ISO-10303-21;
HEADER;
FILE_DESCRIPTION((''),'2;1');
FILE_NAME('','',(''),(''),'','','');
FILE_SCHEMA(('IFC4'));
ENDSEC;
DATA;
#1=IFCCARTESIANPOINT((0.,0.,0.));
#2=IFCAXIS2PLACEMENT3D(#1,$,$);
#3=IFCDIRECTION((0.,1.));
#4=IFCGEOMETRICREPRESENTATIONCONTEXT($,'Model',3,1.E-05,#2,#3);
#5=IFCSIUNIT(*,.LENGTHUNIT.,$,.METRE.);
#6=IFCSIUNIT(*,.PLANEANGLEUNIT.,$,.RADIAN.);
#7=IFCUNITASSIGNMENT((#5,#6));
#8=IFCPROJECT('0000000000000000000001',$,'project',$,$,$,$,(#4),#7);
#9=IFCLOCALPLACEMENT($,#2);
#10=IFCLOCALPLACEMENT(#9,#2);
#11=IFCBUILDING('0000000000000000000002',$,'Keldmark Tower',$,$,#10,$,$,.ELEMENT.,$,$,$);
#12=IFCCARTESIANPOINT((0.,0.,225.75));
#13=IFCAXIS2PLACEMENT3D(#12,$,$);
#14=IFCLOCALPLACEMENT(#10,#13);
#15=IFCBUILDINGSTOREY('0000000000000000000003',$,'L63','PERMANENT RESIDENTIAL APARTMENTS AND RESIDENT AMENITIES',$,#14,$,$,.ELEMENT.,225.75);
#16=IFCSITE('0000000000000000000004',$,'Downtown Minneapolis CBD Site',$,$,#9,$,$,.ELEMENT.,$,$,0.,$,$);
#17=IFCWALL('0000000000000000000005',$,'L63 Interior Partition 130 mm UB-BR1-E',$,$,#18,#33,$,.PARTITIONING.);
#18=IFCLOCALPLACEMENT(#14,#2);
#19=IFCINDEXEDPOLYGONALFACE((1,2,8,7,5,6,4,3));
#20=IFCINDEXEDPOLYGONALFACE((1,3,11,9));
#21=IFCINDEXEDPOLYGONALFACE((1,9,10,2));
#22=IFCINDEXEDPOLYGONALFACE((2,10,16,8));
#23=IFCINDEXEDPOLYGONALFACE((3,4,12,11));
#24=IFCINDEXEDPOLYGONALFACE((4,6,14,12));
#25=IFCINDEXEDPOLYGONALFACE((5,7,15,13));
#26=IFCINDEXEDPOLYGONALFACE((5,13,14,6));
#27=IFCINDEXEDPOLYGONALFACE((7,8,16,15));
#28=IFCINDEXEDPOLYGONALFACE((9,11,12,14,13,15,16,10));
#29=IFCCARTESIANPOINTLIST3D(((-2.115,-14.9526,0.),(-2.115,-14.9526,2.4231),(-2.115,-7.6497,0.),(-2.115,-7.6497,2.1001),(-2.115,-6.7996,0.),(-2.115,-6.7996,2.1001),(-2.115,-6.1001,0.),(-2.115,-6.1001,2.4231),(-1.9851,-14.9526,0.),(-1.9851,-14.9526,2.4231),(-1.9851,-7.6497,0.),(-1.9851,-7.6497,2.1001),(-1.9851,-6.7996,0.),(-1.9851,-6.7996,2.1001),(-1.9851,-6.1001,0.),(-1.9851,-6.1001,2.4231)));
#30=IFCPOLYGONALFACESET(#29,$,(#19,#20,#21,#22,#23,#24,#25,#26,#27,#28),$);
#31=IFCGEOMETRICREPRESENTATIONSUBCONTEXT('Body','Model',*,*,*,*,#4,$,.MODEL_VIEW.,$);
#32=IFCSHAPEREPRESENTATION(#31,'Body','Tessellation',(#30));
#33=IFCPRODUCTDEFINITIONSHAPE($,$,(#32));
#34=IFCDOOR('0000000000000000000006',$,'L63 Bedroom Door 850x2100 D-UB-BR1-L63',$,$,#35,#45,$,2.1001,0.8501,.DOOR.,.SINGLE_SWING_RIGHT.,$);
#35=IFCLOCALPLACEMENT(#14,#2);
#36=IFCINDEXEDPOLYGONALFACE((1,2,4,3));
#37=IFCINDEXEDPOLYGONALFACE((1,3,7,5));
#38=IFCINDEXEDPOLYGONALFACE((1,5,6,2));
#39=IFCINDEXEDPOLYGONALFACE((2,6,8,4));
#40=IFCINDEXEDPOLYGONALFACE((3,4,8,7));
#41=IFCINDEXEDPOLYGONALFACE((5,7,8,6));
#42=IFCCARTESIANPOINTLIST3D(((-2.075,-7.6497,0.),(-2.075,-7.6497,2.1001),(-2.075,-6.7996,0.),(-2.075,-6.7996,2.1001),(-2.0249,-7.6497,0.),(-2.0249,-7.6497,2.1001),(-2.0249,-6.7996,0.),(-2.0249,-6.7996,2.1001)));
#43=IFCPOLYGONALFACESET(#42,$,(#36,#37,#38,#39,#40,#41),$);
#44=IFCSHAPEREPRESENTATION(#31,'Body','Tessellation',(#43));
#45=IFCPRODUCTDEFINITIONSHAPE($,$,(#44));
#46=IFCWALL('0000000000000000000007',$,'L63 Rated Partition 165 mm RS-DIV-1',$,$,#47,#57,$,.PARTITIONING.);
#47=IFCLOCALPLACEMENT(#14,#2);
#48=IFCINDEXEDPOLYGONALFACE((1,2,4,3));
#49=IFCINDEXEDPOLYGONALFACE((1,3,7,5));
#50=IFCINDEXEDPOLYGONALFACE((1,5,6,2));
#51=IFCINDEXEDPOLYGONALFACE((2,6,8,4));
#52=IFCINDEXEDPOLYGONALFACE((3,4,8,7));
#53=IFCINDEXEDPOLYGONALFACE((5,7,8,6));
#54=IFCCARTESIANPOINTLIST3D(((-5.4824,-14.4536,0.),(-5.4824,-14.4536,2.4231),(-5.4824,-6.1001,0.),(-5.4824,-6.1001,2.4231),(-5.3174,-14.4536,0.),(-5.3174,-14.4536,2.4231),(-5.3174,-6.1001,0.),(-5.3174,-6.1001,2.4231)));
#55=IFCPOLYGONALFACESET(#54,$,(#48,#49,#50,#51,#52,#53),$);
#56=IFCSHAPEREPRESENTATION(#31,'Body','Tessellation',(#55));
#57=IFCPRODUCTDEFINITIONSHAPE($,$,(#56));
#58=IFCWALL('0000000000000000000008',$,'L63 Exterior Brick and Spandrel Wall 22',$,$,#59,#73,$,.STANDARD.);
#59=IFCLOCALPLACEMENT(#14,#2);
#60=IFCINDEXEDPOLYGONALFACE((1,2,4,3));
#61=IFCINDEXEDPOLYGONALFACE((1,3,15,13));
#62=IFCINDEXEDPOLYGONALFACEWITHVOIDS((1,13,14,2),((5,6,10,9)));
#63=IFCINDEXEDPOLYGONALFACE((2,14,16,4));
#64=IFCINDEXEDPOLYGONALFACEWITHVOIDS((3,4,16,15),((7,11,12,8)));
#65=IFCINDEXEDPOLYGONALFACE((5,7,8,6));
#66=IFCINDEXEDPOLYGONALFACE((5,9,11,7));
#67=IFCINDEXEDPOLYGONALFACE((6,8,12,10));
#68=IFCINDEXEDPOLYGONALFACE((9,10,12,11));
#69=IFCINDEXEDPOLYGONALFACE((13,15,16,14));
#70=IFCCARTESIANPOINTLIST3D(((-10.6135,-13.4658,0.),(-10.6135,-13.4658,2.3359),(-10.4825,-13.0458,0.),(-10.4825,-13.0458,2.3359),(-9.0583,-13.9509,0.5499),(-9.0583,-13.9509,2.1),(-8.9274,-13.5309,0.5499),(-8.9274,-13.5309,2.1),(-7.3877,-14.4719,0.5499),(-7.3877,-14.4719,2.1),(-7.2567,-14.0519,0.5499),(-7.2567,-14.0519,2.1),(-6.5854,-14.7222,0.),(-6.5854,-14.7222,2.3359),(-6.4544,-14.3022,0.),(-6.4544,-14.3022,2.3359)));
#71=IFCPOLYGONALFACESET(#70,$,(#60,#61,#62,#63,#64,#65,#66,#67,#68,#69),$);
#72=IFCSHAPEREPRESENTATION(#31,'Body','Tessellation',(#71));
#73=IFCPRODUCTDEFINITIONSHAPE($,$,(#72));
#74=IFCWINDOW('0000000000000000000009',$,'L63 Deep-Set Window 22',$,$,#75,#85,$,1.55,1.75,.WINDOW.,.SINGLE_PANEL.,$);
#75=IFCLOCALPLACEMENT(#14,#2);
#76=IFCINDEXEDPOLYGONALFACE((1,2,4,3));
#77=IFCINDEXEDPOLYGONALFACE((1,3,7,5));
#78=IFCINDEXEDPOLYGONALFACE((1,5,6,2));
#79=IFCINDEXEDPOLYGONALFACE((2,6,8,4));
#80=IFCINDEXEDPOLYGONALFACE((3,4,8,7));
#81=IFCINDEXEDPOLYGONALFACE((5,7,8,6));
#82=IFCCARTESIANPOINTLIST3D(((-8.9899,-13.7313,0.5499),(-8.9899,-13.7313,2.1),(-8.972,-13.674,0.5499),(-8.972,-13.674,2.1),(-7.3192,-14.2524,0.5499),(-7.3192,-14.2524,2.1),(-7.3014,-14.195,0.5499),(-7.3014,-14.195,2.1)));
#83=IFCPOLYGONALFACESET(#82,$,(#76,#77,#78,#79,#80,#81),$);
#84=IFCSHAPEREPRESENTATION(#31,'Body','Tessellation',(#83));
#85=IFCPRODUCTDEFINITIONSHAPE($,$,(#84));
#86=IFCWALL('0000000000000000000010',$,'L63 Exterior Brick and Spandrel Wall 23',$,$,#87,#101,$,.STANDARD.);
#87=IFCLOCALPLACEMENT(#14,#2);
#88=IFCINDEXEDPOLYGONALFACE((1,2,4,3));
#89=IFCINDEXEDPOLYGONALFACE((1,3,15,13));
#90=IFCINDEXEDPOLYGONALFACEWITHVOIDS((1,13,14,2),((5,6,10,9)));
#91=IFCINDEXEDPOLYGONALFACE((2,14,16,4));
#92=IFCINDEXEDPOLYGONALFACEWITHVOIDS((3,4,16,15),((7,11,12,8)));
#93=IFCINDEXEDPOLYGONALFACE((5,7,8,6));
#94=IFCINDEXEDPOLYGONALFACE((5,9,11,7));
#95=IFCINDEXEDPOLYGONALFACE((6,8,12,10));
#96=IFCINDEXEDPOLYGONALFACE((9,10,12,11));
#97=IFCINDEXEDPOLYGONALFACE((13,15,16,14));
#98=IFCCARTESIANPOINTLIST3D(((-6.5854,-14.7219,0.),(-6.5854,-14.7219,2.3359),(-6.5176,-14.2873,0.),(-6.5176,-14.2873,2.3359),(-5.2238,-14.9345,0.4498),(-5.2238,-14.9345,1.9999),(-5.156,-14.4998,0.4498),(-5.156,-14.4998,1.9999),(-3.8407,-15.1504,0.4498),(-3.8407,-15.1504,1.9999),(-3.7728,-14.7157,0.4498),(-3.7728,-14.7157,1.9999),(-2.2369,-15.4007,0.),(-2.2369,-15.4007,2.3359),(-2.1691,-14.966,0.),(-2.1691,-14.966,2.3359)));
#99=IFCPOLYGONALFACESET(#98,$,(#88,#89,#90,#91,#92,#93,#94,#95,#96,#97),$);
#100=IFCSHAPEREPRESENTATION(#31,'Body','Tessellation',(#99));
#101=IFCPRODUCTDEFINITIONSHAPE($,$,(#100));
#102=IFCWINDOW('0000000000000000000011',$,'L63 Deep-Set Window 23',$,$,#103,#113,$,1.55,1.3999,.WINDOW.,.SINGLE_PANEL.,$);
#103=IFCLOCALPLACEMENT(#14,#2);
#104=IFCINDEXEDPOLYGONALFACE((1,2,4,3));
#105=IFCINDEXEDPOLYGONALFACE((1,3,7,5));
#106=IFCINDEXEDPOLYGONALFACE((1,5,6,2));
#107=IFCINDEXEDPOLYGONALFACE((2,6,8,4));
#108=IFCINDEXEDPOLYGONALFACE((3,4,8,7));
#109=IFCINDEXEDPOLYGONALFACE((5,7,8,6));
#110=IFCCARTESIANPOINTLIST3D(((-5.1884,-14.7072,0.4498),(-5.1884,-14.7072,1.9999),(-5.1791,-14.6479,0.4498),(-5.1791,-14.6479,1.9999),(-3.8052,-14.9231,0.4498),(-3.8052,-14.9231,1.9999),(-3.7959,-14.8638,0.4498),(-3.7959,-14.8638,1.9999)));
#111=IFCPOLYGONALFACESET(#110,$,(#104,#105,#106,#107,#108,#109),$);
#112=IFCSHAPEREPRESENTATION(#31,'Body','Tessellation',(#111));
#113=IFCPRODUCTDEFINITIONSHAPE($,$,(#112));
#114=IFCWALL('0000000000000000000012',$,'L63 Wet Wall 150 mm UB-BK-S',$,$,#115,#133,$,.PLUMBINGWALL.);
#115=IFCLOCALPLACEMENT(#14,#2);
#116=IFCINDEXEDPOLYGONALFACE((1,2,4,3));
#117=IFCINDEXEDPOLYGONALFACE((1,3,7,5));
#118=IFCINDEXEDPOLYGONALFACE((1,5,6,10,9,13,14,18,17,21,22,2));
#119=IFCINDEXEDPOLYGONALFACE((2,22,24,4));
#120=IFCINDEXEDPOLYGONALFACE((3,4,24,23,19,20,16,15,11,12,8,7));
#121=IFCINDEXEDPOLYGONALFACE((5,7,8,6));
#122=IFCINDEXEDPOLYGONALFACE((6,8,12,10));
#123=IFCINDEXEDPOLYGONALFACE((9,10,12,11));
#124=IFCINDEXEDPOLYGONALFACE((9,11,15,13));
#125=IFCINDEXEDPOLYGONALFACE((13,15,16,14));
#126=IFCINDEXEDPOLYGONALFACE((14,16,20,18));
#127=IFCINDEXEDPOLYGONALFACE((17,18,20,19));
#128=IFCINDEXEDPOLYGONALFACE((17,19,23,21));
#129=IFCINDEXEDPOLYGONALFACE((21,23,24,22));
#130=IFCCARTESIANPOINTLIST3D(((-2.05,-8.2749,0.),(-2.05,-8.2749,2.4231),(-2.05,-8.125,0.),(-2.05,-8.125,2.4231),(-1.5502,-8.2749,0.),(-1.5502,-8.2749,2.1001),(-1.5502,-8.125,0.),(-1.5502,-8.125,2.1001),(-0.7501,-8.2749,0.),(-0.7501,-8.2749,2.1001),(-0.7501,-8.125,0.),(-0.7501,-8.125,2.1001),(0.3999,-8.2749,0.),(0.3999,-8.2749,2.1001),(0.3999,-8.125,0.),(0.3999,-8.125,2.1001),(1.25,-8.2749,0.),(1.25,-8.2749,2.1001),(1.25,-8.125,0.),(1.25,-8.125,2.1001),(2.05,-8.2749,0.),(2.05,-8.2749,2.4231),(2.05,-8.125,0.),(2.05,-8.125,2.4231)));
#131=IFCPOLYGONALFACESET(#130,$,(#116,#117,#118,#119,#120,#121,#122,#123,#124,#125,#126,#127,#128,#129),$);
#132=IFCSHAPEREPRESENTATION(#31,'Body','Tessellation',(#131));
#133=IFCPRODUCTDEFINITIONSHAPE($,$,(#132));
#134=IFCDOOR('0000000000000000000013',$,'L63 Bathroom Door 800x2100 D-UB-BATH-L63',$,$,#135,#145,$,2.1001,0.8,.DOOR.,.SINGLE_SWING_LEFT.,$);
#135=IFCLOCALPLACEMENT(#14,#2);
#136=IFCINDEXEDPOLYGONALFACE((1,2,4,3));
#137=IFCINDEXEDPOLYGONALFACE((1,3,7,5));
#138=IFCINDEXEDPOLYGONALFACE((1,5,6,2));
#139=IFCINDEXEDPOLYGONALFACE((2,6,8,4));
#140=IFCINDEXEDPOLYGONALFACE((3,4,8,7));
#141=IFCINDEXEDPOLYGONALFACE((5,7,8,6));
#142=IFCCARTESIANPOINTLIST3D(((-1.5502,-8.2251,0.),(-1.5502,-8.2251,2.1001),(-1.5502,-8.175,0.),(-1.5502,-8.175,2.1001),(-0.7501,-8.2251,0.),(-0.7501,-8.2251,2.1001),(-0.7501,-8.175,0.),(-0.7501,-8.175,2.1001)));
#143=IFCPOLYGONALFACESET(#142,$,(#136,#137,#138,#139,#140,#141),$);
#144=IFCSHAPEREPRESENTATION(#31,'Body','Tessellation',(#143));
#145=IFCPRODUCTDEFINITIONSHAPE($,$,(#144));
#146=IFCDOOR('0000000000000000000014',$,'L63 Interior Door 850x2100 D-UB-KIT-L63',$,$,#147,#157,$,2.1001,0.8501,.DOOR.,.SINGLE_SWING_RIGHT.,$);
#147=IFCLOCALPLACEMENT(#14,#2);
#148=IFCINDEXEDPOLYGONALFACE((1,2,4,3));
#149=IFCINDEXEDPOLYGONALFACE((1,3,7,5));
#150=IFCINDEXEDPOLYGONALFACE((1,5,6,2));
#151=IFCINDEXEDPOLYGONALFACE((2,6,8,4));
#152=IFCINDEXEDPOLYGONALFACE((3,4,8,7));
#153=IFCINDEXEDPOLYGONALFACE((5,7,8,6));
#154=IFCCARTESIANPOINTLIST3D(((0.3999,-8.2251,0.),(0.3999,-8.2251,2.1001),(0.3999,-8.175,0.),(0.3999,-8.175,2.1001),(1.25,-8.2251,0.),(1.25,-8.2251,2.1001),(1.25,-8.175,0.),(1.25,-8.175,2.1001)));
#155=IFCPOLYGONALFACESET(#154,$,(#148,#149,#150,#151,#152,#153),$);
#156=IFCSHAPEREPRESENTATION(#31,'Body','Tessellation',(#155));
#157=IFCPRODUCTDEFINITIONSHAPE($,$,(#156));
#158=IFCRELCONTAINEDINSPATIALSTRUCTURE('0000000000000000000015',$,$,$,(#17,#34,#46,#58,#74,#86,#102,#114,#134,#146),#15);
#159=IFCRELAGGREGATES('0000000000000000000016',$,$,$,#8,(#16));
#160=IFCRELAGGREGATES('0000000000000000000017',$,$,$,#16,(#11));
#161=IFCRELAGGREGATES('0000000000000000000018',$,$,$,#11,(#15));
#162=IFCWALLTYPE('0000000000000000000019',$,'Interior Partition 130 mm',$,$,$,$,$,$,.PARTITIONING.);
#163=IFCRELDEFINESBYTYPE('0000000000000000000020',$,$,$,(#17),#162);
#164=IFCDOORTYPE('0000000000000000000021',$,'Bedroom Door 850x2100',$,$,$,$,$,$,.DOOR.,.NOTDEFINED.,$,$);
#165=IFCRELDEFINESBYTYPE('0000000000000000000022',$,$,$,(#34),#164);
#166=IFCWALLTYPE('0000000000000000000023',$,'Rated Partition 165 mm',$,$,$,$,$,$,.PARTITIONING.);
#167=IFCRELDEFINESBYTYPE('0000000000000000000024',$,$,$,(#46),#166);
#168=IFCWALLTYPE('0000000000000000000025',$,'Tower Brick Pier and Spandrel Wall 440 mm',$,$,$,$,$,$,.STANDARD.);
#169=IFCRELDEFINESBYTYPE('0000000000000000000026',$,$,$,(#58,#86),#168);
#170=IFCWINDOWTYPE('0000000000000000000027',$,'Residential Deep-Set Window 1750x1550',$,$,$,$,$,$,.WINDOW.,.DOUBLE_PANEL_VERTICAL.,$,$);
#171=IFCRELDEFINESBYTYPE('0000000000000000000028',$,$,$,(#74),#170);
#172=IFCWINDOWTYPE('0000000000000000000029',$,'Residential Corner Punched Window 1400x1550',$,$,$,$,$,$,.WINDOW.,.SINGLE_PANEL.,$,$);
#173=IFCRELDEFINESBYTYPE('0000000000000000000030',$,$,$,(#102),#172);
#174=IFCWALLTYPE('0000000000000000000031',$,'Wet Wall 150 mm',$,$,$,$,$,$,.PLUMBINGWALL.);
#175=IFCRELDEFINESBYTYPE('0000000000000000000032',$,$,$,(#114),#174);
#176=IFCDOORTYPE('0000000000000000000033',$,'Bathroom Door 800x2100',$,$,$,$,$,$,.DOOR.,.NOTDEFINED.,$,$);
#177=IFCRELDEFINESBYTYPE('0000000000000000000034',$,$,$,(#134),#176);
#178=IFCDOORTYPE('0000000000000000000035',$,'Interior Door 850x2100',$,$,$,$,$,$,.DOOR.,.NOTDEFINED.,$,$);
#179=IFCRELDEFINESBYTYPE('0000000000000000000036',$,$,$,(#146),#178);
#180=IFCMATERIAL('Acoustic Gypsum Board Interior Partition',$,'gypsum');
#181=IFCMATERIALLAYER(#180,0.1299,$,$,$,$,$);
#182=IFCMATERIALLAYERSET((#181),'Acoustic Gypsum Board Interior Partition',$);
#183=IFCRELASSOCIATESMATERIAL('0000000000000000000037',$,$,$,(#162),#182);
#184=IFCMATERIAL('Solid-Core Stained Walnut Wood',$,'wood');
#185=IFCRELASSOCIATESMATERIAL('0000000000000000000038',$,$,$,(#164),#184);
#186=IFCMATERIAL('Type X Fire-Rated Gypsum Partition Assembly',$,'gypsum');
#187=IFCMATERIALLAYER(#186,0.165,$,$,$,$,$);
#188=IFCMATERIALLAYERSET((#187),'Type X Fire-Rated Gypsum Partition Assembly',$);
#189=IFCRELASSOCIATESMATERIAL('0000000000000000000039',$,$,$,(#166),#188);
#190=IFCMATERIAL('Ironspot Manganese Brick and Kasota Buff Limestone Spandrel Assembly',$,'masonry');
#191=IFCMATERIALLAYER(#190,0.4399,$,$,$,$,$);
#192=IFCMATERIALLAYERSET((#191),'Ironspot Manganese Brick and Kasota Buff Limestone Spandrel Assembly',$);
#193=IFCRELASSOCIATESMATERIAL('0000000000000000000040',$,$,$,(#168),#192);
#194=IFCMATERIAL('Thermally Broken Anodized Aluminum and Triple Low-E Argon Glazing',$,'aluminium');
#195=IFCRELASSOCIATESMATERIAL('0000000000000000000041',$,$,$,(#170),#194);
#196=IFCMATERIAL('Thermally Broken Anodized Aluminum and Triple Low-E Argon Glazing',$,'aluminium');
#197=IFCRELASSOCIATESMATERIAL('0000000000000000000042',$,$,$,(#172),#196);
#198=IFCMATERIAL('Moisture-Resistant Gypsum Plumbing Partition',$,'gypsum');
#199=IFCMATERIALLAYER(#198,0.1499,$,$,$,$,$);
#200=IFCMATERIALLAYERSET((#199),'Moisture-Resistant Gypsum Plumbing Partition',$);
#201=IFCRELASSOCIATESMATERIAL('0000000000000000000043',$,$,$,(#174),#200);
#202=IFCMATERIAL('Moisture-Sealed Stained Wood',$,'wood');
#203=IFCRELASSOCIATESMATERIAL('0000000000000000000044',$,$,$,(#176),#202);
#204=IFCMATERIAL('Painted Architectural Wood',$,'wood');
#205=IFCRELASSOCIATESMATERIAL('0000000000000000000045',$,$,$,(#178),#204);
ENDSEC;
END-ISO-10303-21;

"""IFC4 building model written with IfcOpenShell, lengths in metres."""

from ifc_helpers import new_model, si_unit, direction, frame, frame_2d, origin, place, context, subcontext, project, spatial, rectangle, extrude, material, layer, layer_set, type_object, element, fill, save


model = new_model("IFC4")

# Units and contexts
model_context = context("Model", 3, precision=1e-05, world=origin(), true_north=direction((0.0, 1.0)))
body_context = subcontext(model_context, "Body", "Model", "MODEL_VIEW")
ifc_project = project(units=[si_unit("LENGTHUNIT", "METRE"), si_unit("PLANEANGLEUNIT", "RADIAN")], contexts=[model_context])

# Site, building, storey
site_placement = place(None, origin())
site = spatial("IfcSite", under=ifc_project, at=site_placement, Name="Downtown Minneapolis CBD Site", CompositionType="ELEMENT", RefElevation=0.0)
building_placement = place(site_placement, origin())
building = spatial("IfcBuilding", under=site, at=building_placement, Name="Keldmark Tower", CompositionType="ELEMENT")
storey_placement = place(building_placement, frame((0.0, 0.0, 225.75)))
storey = spatial("IfcBuildingStorey", under=building, at=storey_placement, Name="L63", Description="PERMANENT RESIDENTIAL APARTMENTS AND RESIDENT AMENITIES", CompositionType="ELEMENT", Elevation=225.75)

# Wall, opening, door
ifc_material_1 = material(Name="Acoustic Gypsum Board Interior Partition", Category="gypsum")
ifc_layer_1 = layer(ifc_material_1, 0.1299)
ifc_layer_set_1 = layer_set([ifc_layer_1], Name="Acoustic Gypsum Board Interior Partition")
wall_type_1 = type_object("IfcWallType", Name="Interior Partition 130 mm", PredefinedType="PARTITIONING", material=ifc_layer_set_1)
wall_1_placement = place(storey_placement, frame((-2.05, -14.9526, 0.0), z_axis=(0.0, 0.0, 1.0), x_axis=(0.0, 1.0, 0.0)))
wall_1 = element("IfcWall", 1, at=wall_1_placement, inside=storey, type_object=wall_type_1, Name="L63 Interior Partition 130 mm UB-BR1-E", PredefinedType="PARTITIONING", context=body_context, shape_type="SweptSolid", body=[
    extrude(rectangle(XDim=8.8525, YDim=0.1299, at=frame_2d((4.4263, 0.0))), origin(), (0.0, 0.0, 1.0), 2.4231),
])
opening_1_placement = place(wall_1_placement, frame((7.303, 0.0, 0.0)))
opening_1 = element("IfcOpeningElement", 2, at=opening_1_placement, cuts=wall_1, PredefinedType="OPENING", context=body_context, shape_type="SweptSolid", body=[
    extrude(rectangle(XDim=0.8501, YDim=2.1001, at=frame_2d((0.425, 1.05))), frame((0.0, 0.075, 0.0), z_axis=(0.0, -1.0, 0.0), x_axis=(1.0, 0.0, 0.0)), (0.0, 0.0, 1.0), 0.1499),
])
ifc_material_2 = material(Name="Solid-Core Stained Walnut Wood", Category="wood")
door_type_1 = type_object("IfcDoorType", Name="Bedroom Door 850x2100", OperationType="NOTDEFINED", PredefinedType="DOOR", material=ifc_material_2)
door_1_placement = place(opening_1_placement, origin())
door_1 = element("IfcDoor", 3, at=door_1_placement, inside=storey, type_object=door_type_1, Name="L63 Bedroom Door 850x2100 D-UB-BR1-L63", OperationType="SINGLE_SWING_RIGHT", OverallHeight=2.1001, OverallWidth=0.8501, PredefinedType="DOOR", context=body_context, shape_type="SweptSolid", body=[
    extrude(rectangle(XDim=0.8501, YDim=2.1001, at=frame_2d((0.425, 1.05))), frame((0.0, 0.0249, 0.0), z_axis=(0.0, -1.0, 0.0), x_axis=(1.0, 0.0, 0.0)), (0.0, 0.0, 1.0), 0.05),
])
fill(opening_1, door_1)

# Wall
ifc_material_3 = material(Name="Type X Fire-Rated Gypsum Partition Assembly", Category="gypsum")
ifc_layer_2 = layer(ifc_material_3, 0.165)
ifc_layer_set_2 = layer_set([ifc_layer_2], Name="Type X Fire-Rated Gypsum Partition Assembly")
wall_type_2 = type_object("IfcWallType", Name="Rated Partition 165 mm", PredefinedType="PARTITIONING", material=ifc_layer_set_2)
wall_2_placement = place(storey_placement, frame((-5.3999, -14.4536, 0.0), z_axis=(0.0, 0.0, 1.0), x_axis=(0.0, 1.0, 0.0)))
element("IfcWall", 4, at=wall_2_placement, inside=storey, type_object=wall_type_2, Name="L63 Rated Partition 165 mm RS-DIV-1", PredefinedType="PARTITIONING", context=body_context, shape_type="SweptSolid", body=[
    extrude(rectangle(XDim=8.3535, YDim=0.165, at=frame_2d((4.1768, 0.0))), origin(), (0.0, 0.0, 1.0), 2.4231),
])

# Walls, openings, windows
ifc_material_4 = material(Name="Ironspot Manganese Brick and Kasota Buff Limestone Spandrel Assembly", Category="masonry")
ifc_layer_3 = layer(ifc_material_4, 0.4399)
ifc_layer_set_3 = layer_set([ifc_layer_3], Name="Ironspot Manganese Brick and Kasota Buff Limestone Spandrel Assembly")
wall_type_3 = type_object("IfcWallType", Name="Tower Brick Pier and Spandrel Wall 440 mm", PredefinedType="STANDARD", material=ifc_layer_set_3)
wall_3_placement = place(storey_placement, frame((-6.5198, -14.5122, 0.0), z_axis=(0.0, 0.0, 1.0), x_axis=(-0.954644, 0.297751, 0.0)))
wall_3 = element("IfcWall", 5, at=wall_3_placement, inside=storey, type_object=wall_type_3, Name="L63 Exterior Brick and Spandrel Wall 22", PredefinedType="STANDARD", context=body_context, shape_type="SweptSolid", body=[
    extrude(rectangle(XDim=4.2195, YDim=0.4399, at=frame_2d((2.1099, 0.0))), origin(), (0.0, 0.0, 1.0), 2.3359),
])
opening_2_placement = place(wall_3_placement, frame((0.8406, 0.0, 0.55)))
opening_2 = element("IfcOpeningElement", 6, at=opening_2_placement, cuts=wall_3, PredefinedType="OPENING", context=body_context, shape_type="SweptSolid", body=[
    extrude(rectangle(XDim=1.75, YDim=1.55, at=frame_2d((0.875, 0.7749))), frame((0.0, 0.23, 0.0), z_axis=(0.0, -1.0, 0.0), x_axis=(1.0, 0.0, 0.0)), (0.0, 0.0, 1.0), 0.46),
])
ifc_material_5 = material(Name="Thermally Broken Anodized Aluminum and Triple Low-E Argon Glazing", Category="aluminium")
window_type_1 = type_object("IfcWindowType", Name="Residential Deep-Set Window 1750x1550", PartitioningType="DOUBLE_PANEL_VERTICAL", PredefinedType="WINDOW", material=ifc_material_5)
window_1_placement = place(opening_2_placement, origin())
window_1 = element("IfcWindow", 7, at=window_1_placement, inside=storey, type_object=window_type_1, Name="L63 Deep-Set Window 22", OverallHeight=1.55, OverallWidth=1.75, PartitioningType="SINGLE_PANEL", PredefinedType="WINDOW", context=body_context, shape_type="SweptSolid", body=[
    extrude(rectangle(XDim=1.75, YDim=1.55, at=frame_2d((0.875, 0.7749))), frame((0.0, -0.01, 0.0), z_axis=(0.0, -1.0, 0.0), x_axis=(1.0, 0.0, 0.0)), (0.0, 0.0, 1.0), 0.0601),
])
fill(opening_2, window_1)
wall_4_placement = place(storey_placement, frame((-2.2029, -15.1833, 0.0), z_axis=(0.0, 0.0, 1.0), x_axis=(-0.988037, 0.154216, 0.0)))
wall_4 = element("IfcWall", 8, at=wall_4_placement, inside=storey, type_object=wall_type_3, Name="L63 Exterior Brick and Spandrel Wall 23", PredefinedType="STANDARD", context=body_context, shape_type="SweptSolid", body=[
    extrude(rectangle(XDim=4.4011, YDim=0.4399, at=frame_2d((2.2007, 0.0))), origin(), (0.0, 0.0, 1.0), 2.3359),
])
opening_3_placement = place(wall_4_placement, frame((1.6233, 0.0, 0.45)))
opening_3 = element("IfcOpeningElement", 9, at=opening_3_placement, cuts=wall_4, PredefinedType="OPENING", context=body_context, shape_type="SweptSolid", body=[
    extrude(rectangle(XDim=1.3999, YDim=1.55, at=frame_2d((0.7, 0.7749))), frame((0.0, 0.23, 0.0), z_axis=(0.0, -1.0, 0.0), x_axis=(1.0, 0.0, 0.0)), (0.0, 0.0, 1.0), 0.46),
])
ifc_material_6 = material(Name="Thermally Broken Anodized Aluminum and Triple Low-E Argon Glazing", Category="aluminium")
window_type_2 = type_object("IfcWindowType", Name="Residential Corner Punched Window 1400x1550", PartitioningType="SINGLE_PANEL", PredefinedType="WINDOW", material=ifc_material_6)
window_2_placement = place(opening_3_placement, origin())
window_2 = element("IfcWindow", 10, at=window_2_placement, inside=storey, type_object=window_type_2, Name="L63 Deep-Set Window 23", OverallHeight=1.55, OverallWidth=1.3999, PartitioningType="SINGLE_PANEL", PredefinedType="WINDOW", context=body_context, shape_type="SweptSolid", body=[
    extrude(rectangle(XDim=1.3999, YDim=1.55, at=frame_2d((0.7, 0.7749))), frame((0.0, -0.01, 0.0), z_axis=(0.0, -1.0, 0.0), x_axis=(1.0, 0.0, 0.0)), (0.0, 0.0, 1.0), 0.0601),
])
fill(opening_3, window_2)

# Wall, openings, doors
ifc_material_7 = material(Name="Moisture-Resistant Gypsum Plumbing Partition", Category="gypsum")
ifc_layer_4 = layer(ifc_material_7, 0.1499)
ifc_layer_set_4 = layer_set([ifc_layer_4], Name="Moisture-Resistant Gypsum Plumbing Partition")
wall_type_4 = type_object("IfcWallType", Name="Wet Wall 150 mm", PredefinedType="PLUMBINGWALL", material=ifc_layer_set_4)
wall_5_placement = place(storey_placement, frame((-2.05, -8.2, 0.0), z_axis=(0.0, 0.0, 1.0), x_axis=(1.0, 0.0, 0.0)))
wall_5 = element("IfcWall", 11, at=wall_5_placement, inside=storey, type_object=wall_type_4, Name="L63 Wet Wall 150 mm UB-BK-S", PredefinedType="PLUMBINGWALL", context=body_context, shape_type="SweptSolid", body=[
    extrude(rectangle(XDim=4.1001, YDim=0.1499, at=frame_2d((2.05, 0.0))), origin(), (0.0, 0.0, 1.0), 2.4231),
])
opening_4_placement = place(wall_5_placement, frame((0.5, 0.0, 0.0)))
opening_4 = element("IfcOpeningElement", 12, at=opening_4_placement, cuts=wall_5, PredefinedType="OPENING", context=body_context, shape_type="SweptSolid", body=[
    extrude(rectangle(XDim=0.8, YDim=2.1001, at=frame_2d((0.3999, 1.05))), frame((0.0, 0.085, 0.0), z_axis=(0.0, -1.0, 0.0), x_axis=(1.0, 0.0, 0.0)), (0.0, 0.0, 1.0), 0.1699),
])
opening_5_placement = place(wall_5_placement, frame((2.45, 0.0, 0.0)))
opening_5 = element("IfcOpeningElement", 13, at=opening_5_placement, cuts=wall_5, PredefinedType="OPENING", context=body_context, shape_type="SweptSolid", body=[
    extrude(rectangle(XDim=0.8501, YDim=2.1001, at=frame_2d((0.425, 1.05))), frame((0.0, 0.085, 0.0), z_axis=(0.0, -1.0, 0.0), x_axis=(1.0, 0.0, 0.0)), (0.0, 0.0, 1.0), 0.1699),
])
ifc_material_8 = material(Name="Moisture-Sealed Stained Wood", Category="wood")
door_type_2 = type_object("IfcDoorType", Name="Bathroom Door 800x2100", OperationType="NOTDEFINED", PredefinedType="DOOR", material=ifc_material_8)
door_2_placement = place(opening_4_placement, origin())
door_2 = element("IfcDoor", 14, at=door_2_placement, inside=storey, type_object=door_type_2, Name="L63 Bathroom Door 800x2100 D-UB-BATH-L63", OperationType="SINGLE_SWING_LEFT", OverallHeight=2.1001, OverallWidth=0.8, PredefinedType="DOOR", context=body_context, shape_type="SweptSolid", body=[
    extrude(rectangle(XDim=0.8, YDim=2.1001, at=frame_2d((0.3999, 1.05))), frame((0.0, 0.0249, 0.0), z_axis=(0.0, -1.0, 0.0), x_axis=(1.0, 0.0, 0.0)), (0.0, 0.0, 1.0), 0.05),
])
fill(opening_4, door_2)
ifc_material_9 = material(Name="Painted Architectural Wood", Category="wood")
door_type_3 = type_object("IfcDoorType", Name="Interior Door 850x2100", OperationType="NOTDEFINED", PredefinedType="DOOR", material=ifc_material_9)
door_3_placement = place(opening_5_placement, origin())
door_3 = element("IfcDoor", 15, at=door_3_placement, inside=storey, type_object=door_type_3, Name="L63 Interior Door 850x2100 D-UB-KIT-L63", OperationType="SINGLE_SWING_RIGHT", OverallHeight=2.1001, OverallWidth=0.8501, PredefinedType="DOOR", context=body_context, shape_type="SweptSolid", body=[
    extrude(rectangle(XDim=0.8501, YDim=2.1001, at=frame_2d((0.425, 1.05))), frame((0.0, 0.0249, 0.0), z_axis=(0.0, -1.0, 0.0), x_axis=(1.0, 0.0, 0.0)), (0.0, 0.0, 1.0), 0.05),
])
fill(opening_5, door_3)

save(model, "model.ifc")
